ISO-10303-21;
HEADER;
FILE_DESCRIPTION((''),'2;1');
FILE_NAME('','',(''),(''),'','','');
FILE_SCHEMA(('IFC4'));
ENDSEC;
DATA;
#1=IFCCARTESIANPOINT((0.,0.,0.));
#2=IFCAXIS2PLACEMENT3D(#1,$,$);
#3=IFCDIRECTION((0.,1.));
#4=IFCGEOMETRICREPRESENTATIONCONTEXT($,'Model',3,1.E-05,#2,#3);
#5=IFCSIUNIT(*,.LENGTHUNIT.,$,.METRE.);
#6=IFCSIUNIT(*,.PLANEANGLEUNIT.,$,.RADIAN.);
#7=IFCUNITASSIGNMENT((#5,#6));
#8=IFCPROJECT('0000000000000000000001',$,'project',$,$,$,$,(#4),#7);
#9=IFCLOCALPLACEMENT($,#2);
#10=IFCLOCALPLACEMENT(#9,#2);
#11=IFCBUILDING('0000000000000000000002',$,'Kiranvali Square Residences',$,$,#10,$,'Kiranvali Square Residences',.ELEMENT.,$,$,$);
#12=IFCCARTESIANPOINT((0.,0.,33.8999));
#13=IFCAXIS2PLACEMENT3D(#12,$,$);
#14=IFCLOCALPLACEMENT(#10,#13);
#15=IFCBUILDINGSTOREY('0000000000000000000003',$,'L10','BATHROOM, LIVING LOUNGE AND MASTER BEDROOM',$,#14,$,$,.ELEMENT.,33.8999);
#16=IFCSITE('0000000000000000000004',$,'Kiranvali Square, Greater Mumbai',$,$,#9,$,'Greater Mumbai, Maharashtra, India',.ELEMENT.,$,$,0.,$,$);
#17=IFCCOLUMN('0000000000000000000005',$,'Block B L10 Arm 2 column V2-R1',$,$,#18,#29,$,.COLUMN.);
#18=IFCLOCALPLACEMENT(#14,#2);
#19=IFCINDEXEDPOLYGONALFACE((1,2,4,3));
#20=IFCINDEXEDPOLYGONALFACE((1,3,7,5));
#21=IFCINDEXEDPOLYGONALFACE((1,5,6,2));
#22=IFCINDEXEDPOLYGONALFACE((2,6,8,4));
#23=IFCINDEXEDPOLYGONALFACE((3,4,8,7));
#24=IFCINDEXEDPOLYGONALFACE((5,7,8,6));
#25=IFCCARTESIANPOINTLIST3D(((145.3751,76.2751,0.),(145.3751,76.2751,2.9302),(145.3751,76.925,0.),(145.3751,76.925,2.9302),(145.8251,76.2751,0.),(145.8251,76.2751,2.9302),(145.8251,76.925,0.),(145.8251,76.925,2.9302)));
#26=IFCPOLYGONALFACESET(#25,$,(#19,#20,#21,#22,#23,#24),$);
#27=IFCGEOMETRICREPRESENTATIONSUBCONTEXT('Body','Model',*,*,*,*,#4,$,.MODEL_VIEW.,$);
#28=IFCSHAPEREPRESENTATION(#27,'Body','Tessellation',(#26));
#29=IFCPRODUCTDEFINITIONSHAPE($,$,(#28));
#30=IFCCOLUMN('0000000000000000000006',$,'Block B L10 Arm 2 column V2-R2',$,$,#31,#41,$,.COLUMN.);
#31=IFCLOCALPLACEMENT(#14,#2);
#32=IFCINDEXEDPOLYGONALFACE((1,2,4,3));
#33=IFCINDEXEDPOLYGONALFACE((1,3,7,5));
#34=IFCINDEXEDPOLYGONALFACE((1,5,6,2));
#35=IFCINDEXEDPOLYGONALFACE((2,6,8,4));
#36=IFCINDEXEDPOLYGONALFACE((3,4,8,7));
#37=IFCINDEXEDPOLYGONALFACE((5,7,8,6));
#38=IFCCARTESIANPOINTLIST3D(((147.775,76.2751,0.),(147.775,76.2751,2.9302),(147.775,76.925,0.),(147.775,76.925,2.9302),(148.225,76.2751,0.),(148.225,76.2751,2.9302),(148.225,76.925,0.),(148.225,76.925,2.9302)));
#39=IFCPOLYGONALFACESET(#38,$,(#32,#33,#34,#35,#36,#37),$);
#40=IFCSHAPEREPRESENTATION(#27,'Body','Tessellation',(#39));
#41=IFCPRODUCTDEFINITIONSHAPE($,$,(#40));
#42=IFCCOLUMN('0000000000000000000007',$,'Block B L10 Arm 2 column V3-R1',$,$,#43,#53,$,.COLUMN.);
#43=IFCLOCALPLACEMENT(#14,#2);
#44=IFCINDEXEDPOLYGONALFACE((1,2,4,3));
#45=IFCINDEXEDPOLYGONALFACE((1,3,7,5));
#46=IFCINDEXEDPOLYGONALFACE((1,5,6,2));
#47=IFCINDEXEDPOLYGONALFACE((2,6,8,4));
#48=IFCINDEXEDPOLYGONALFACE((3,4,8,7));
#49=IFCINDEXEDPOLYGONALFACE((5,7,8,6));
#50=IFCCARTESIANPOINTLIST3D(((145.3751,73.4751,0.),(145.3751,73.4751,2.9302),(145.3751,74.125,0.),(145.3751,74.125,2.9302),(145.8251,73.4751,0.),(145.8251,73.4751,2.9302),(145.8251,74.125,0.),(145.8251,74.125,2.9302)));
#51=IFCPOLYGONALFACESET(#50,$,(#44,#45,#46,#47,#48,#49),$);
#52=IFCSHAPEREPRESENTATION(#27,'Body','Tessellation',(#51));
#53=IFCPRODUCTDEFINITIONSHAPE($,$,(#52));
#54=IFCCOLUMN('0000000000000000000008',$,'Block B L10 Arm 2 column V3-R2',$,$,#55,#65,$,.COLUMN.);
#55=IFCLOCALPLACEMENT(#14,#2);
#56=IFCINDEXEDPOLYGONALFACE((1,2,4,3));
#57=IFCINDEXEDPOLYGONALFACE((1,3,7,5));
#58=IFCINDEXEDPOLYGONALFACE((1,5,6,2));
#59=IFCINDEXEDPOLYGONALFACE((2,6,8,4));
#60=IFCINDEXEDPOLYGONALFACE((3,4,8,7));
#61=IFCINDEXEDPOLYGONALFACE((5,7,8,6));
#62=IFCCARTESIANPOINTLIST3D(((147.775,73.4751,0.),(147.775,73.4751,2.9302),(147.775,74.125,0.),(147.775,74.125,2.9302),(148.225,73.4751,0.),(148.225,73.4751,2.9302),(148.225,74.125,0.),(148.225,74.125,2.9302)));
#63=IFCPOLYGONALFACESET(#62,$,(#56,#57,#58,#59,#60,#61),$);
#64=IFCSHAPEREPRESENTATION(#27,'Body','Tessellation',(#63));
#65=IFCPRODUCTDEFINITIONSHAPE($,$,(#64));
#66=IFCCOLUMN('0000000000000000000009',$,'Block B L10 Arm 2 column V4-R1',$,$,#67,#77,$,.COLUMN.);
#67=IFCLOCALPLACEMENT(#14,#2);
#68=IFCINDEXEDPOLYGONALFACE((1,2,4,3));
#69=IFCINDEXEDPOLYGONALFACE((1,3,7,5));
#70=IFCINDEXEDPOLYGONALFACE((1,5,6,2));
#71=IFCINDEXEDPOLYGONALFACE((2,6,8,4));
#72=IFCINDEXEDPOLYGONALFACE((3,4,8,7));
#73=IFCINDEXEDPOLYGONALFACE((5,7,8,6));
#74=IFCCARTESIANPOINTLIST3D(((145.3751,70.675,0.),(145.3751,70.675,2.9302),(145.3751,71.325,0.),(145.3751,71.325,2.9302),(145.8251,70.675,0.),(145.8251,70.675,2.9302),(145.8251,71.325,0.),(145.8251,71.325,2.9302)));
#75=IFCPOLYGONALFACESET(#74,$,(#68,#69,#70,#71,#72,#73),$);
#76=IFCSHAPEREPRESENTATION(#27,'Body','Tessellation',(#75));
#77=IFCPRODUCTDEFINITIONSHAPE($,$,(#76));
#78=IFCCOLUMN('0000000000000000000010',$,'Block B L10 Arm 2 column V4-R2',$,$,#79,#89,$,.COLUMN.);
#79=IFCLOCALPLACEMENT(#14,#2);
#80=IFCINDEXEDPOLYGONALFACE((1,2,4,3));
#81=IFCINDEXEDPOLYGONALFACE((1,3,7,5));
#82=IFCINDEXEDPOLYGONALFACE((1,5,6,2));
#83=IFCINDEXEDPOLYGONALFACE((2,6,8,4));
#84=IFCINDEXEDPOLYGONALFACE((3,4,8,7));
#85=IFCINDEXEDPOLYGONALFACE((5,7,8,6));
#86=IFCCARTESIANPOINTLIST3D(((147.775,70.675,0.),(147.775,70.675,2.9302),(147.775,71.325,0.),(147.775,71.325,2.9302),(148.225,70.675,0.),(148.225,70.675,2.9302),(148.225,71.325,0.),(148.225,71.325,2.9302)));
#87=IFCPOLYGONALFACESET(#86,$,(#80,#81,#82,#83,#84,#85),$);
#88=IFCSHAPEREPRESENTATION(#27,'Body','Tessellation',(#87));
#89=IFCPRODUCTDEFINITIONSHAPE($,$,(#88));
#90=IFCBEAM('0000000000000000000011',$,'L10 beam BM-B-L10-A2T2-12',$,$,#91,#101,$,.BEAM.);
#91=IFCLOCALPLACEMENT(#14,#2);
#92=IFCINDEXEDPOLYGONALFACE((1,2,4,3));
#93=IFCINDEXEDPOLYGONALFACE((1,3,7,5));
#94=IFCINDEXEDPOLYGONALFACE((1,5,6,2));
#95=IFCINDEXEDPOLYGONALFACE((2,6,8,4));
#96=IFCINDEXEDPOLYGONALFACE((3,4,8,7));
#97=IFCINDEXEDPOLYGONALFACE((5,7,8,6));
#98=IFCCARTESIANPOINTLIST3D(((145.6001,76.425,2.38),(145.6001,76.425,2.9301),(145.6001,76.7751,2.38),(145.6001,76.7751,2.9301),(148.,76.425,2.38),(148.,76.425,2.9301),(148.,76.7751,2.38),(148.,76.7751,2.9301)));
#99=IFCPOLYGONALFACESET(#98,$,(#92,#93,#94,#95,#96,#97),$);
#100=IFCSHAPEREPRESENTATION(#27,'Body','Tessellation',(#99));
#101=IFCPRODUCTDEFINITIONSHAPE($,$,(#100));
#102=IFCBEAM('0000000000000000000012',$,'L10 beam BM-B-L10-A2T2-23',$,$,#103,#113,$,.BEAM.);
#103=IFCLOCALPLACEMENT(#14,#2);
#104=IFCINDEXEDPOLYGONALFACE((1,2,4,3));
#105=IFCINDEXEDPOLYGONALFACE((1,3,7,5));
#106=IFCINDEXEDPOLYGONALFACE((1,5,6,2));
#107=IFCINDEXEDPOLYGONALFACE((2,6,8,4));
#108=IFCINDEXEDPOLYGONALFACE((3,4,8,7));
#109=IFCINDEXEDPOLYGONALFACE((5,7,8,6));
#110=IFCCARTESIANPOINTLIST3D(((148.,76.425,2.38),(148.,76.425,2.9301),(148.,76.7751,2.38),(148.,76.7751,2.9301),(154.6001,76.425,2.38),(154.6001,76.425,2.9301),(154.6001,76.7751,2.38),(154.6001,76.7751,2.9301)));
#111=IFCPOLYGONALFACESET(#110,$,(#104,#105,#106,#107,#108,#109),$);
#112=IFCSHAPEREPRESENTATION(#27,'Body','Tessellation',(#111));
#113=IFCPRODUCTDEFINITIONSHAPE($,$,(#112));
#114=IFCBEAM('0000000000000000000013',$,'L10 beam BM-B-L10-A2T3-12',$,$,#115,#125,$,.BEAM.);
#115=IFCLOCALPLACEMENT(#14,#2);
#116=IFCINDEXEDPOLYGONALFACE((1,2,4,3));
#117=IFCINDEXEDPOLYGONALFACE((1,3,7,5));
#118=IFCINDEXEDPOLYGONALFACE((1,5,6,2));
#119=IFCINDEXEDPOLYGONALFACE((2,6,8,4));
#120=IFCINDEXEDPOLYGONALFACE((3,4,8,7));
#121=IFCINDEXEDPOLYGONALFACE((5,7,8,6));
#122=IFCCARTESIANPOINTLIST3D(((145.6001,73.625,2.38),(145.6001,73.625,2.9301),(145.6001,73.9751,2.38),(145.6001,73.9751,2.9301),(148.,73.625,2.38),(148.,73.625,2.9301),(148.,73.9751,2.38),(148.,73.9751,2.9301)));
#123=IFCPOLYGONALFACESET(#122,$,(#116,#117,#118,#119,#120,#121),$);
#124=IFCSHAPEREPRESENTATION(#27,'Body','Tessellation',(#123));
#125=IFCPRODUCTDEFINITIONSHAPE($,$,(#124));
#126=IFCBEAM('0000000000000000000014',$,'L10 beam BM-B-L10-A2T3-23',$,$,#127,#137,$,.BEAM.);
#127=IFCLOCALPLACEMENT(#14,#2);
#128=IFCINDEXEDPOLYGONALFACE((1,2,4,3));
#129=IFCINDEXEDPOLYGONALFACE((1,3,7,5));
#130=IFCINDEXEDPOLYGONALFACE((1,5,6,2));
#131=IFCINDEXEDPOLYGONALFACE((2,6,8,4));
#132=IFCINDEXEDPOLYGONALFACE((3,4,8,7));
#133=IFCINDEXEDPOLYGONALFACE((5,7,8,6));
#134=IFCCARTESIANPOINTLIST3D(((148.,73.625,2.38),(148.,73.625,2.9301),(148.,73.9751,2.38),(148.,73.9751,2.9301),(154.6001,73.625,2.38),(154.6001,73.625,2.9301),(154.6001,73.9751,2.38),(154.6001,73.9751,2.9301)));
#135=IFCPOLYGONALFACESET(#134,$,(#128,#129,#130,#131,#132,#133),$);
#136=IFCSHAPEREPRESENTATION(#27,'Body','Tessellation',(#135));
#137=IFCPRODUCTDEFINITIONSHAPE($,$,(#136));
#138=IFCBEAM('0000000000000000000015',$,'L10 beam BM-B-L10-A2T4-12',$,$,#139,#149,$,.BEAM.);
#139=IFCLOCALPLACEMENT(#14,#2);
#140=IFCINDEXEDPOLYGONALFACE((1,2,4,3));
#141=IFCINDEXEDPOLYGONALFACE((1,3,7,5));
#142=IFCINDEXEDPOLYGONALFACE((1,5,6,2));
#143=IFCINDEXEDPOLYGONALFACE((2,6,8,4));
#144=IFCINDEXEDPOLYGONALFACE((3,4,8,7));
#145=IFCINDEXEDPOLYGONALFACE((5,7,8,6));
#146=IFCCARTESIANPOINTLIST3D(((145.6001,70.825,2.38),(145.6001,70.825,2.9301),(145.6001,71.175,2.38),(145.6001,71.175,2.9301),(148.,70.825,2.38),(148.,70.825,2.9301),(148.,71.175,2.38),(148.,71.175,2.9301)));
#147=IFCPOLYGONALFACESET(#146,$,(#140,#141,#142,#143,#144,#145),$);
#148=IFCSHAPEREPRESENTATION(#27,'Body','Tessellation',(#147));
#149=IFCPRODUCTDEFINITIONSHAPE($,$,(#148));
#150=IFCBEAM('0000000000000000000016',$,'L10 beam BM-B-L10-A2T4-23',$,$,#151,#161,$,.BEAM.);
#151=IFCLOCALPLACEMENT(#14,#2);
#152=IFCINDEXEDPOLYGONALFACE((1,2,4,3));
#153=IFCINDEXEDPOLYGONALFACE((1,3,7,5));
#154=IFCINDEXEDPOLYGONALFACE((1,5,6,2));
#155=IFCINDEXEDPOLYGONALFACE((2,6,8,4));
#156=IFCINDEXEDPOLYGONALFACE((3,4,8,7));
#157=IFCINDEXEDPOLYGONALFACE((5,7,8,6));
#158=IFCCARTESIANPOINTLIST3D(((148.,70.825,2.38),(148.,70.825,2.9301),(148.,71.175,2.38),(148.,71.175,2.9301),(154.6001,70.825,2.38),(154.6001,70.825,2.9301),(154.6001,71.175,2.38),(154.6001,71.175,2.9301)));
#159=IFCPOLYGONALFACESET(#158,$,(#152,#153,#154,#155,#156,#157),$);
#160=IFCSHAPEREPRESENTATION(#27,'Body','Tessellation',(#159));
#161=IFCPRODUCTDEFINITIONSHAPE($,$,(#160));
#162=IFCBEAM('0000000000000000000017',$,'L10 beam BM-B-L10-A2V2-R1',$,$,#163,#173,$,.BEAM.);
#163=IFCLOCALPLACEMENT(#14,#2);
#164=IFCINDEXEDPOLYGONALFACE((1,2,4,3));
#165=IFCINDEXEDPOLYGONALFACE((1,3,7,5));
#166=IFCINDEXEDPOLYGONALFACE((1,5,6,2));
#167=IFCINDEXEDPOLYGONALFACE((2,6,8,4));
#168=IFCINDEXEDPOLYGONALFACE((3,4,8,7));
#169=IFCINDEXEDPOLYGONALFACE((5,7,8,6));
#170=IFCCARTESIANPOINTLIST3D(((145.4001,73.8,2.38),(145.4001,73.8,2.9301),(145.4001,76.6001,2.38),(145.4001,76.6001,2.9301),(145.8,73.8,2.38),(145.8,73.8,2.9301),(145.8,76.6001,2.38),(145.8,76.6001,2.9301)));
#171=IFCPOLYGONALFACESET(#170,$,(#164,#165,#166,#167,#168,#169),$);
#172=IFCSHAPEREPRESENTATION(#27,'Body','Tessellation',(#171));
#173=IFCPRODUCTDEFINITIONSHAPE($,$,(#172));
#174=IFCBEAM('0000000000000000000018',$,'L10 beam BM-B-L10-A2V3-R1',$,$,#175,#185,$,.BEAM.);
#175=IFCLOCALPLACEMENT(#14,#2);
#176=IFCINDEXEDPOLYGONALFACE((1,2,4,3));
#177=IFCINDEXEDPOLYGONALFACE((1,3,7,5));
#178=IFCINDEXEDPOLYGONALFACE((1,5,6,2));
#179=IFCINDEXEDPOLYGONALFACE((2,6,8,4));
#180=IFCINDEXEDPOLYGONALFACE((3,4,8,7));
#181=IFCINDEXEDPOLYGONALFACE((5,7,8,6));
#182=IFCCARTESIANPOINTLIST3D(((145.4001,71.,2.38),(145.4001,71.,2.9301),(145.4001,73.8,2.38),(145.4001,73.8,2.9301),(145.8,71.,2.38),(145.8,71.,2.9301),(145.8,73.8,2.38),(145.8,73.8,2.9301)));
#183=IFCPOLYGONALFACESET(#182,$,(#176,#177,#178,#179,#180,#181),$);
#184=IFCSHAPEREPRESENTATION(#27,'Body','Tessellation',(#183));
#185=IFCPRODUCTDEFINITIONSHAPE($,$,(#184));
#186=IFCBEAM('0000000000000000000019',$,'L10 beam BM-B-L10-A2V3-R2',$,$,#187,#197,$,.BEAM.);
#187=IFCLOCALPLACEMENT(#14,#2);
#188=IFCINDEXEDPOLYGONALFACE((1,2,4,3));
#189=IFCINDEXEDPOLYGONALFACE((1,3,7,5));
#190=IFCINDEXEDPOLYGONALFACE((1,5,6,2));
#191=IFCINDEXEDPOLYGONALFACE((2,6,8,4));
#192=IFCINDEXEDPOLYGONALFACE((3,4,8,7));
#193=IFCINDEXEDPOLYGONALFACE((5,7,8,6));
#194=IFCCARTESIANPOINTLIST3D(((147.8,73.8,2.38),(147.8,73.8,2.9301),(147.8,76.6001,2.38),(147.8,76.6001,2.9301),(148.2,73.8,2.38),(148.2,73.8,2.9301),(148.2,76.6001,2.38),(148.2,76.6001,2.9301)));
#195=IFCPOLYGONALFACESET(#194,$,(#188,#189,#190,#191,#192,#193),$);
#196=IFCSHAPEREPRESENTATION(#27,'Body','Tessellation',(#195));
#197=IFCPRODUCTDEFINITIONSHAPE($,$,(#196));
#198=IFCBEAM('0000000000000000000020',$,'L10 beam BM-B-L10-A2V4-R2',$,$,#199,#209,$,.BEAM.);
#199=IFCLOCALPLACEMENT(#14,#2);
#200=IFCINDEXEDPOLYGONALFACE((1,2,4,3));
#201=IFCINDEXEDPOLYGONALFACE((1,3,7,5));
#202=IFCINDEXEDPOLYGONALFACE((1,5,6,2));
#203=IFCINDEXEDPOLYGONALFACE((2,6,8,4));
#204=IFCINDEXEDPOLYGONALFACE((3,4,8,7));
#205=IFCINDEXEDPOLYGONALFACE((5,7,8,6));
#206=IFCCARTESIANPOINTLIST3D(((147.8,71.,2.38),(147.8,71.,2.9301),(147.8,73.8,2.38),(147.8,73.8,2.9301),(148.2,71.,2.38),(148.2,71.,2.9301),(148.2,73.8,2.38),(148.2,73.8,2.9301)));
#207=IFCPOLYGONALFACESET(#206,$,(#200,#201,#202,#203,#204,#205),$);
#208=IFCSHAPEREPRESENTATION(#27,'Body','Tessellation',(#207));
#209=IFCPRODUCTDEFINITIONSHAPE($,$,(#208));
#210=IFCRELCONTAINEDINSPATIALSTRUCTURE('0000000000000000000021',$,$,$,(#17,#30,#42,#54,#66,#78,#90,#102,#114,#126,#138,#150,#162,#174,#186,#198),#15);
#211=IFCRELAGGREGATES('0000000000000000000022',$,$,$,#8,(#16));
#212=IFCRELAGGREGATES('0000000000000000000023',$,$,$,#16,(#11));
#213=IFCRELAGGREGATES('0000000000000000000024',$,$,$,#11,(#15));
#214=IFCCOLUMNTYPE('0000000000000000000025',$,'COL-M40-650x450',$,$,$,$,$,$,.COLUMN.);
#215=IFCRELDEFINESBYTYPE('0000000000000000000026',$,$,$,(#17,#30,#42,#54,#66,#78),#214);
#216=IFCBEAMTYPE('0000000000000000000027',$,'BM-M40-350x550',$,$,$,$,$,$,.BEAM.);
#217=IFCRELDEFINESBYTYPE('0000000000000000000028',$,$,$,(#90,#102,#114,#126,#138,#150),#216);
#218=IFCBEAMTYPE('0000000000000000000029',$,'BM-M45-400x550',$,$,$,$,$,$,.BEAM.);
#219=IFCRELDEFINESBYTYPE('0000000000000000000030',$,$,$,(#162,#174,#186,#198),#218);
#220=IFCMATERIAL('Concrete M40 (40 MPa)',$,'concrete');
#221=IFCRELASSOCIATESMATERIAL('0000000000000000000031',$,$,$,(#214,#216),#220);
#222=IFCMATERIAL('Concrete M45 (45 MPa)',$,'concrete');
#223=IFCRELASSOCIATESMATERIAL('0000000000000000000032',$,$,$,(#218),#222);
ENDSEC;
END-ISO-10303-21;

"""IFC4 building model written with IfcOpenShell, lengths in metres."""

from ifc_helpers import new_model, si_unit, direction, frame, origin, origin_2d, place, context, subcontext, project, spatial, rectangle, extrude, material, material_profile, profile_set, type_object, element, save


model = new_model("IFC4")

# Units and contexts
model_context = context("Model", 3, precision=1e-05, world=origin(), true_north=direction((0.0, 1.0)))
body_context = subcontext(model_context, "Body", "Model", "MODEL_VIEW")
ifc_project = project(units=[si_unit("LENGTHUNIT", "METRE"), si_unit("PLANEANGLEUNIT", "RADIAN")], contexts=[model_context])

# Site, building, storey
site_placement = place(None, origin())
site = spatial("IfcSite", under=ifc_project, at=site_placement, Name="Kiranvali Square, Greater Mumbai", LongName="Greater Mumbai, Maharashtra, India", CompositionType="ELEMENT", RefElevation=0.0)
building_placement = place(site_placement, origin())
building = spatial("IfcBuilding", under=site, at=building_placement, Name="Kiranvali Square Residences", LongName="Kiranvali Square Residences", CompositionType="ELEMENT")
storey_placement = place(building_placement, frame((0.0, 0.0, 33.8999)))
storey = spatial("IfcBuildingStorey", under=building, at=storey_placement, Name="L10", Description="BATHROOM, LIVING LOUNGE AND MASTER BEDROOM", CompositionType="ELEMENT", Elevation=33.8999)

# Columns
ifc_material_1 = material(Name="Concrete M40 (40 MPa)", Category="concrete")
ifc_material_profile_1 = material_profile(ifc_material_1, rectangle(XDim=0.45, YDim=0.6499, at=origin_2d()), Name="RC 650x450")
ifc_profile_set_1 = profile_set([ifc_material_profile_1], Name="Concrete M40 (40 MPa)")
column_type = type_object("IfcColumnType", Name="COL-M40-650x450", PredefinedType="COLUMN", material=ifc_profile_set_1)
for number, where, z_axis, x_axis, name in (
    (1, (145.6001, 76.6001, 0.0), (0.0, 0.0, 1.0), (1.0, 0.0, 0.0), "Block B L10 Arm 2 column V2-R1"),
    (2, (148.0, 76.6001, 0.0), (0.0, 0.0, 1.0), (1.0, 0.0, 0.0), "Block B L10 Arm 2 column V2-R2"),
    (3, (145.6001, 73.8, 0.0), (0.0, 0.0, 1.0), (1.0, 0.0, 0.0), "Block B L10 Arm 2 column V3-R1"),
    (4, (148.0, 73.8, 0.0), (0.0, 0.0, 1.0), (1.0, 0.0, 0.0), "Block B L10 Arm 2 column V3-R2"),
    (5, (145.6001, 71.0, 0.0), (0.0, 0.0, 1.0), (1.0, 0.0, 0.0), "Block B L10 Arm 2 column V4-R1"),
    (6, (148.0, 71.0, 0.0), (0.0, 0.0, 1.0), (1.0, 0.0, 0.0), "Block B L10 Arm 2 column V4-R2"),
):
    element("IfcColumn", number, at=place(storey_placement, frame(where, z_axis=z_axis, x_axis=x_axis)), inside=storey, type_object=column_type, Name=name, PredefinedType="COLUMN", context=body_context, shape_type="SweptSolid", body=[
        extrude(rectangle(XDim=0.45, YDim=0.6499, at=origin_2d()), origin(), (0.0, 0.0, 1.0), 2.9302),
    ])

# Beams
ifc_material_profile_2 = material_profile(ifc_material_1, rectangle(XDim=0.3501, YDim=0.55, at=origin_2d()), Name="RC 350x550")
ifc_profile_set_2 = profile_set([ifc_material_profile_2], Name="Concrete M40 (40 MPa)")
beam_type_1 = type_object("IfcBeamType", Name="BM-M40-350x550", PredefinedType="BEAM", material=ifc_profile_set_2)
beam_1_placement = place(storey_placement, frame((145.6001, 76.6001, 2.655), z_axis=(1.0, 0.0, 0.0), x_axis=(0.0, 1.0, 0.0)))
element("IfcBeam", 7, at=beam_1_placement, inside=storey, type_object=beam_type_1, Name="L10 beam BM-B-L10-A2T2-12", PredefinedType="BEAM", context=body_context, shape_type="SweptSolid", body=[
    extrude(rectangle(XDim=0.3501, YDim=0.55, at=origin_2d()), origin(), (0.0, 0.0, 1.0), 2.3999),
])
beam_2_placement = place(storey_placement, frame((148.0, 76.6001, 2.655), z_axis=(1.0, 0.0, 0.0), x_axis=(0.0, 1.0, 0.0)))
element("IfcBeam", 8, at=beam_2_placement, inside=storey, type_object=beam_type_1, Name="L10 beam BM-B-L10-A2T2-23", PredefinedType="BEAM", context=body_context, shape_type="SweptSolid", body=[
    extrude(rectangle(XDim=0.3501, YDim=0.55, at=origin_2d()), origin(), (0.0, 0.0, 1.0), 6.6001),
])
beam_3_placement = place(storey_placement, frame((145.6001, 73.8, 2.655), z_axis=(1.0, 0.0, 0.0), x_axis=(0.0, 1.0, 0.0)))
element("IfcBeam", 9, at=beam_3_placement, inside=storey, type_object=beam_type_1, Name="L10 beam BM-B-L10-A2T3-12", PredefinedType="BEAM", context=body_context, shape_type="SweptSolid", body=[
    extrude(rectangle(XDim=0.3501, YDim=0.55, at=origin_2d()), origin(), (0.0, 0.0, 1.0), 2.3999),
])
beam_4_placement = place(storey_placement, frame((148.0, 73.8, 2.655), z_axis=(1.0, 0.0, 0.0), x_axis=(0.0, 1.0, 0.0)))
element("IfcBeam", 10, at=beam_4_placement, inside=storey, type_object=beam_type_1, Name="L10 beam BM-B-L10-A2T3-23", PredefinedType="BEAM", context=body_context, shape_type="SweptSolid", body=[
    extrude(rectangle(XDim=0.3501, YDim=0.55, at=origin_2d()), origin(), (0.0, 0.0, 1.0), 6.6001),
])
beam_5_placement = place(storey_placement, frame((145.6001, 71.0, 2.655), z_axis=(1.0, 0.0, 0.0), x_axis=(0.0, 1.0, 0.0)))
element("IfcBeam", 11, at=beam_5_placement, inside=storey, type_object=beam_type_1, Name="L10 beam BM-B-L10-A2T4-12", PredefinedType="BEAM", context=body_context, shape_type="SweptSolid", body=[
    extrude(rectangle(XDim=0.3501, YDim=0.55, at=origin_2d()), origin(), (0.0, 0.0, 1.0), 2.3999),
])
beam_6_placement = place(storey_placement, frame((148.0, 71.0, 2.655), z_axis=(1.0, 0.0, 0.0), x_axis=(0.0, 1.0, 0.0)))
element("IfcBeam", 12, at=beam_6_placement, inside=storey, type_object=beam_type_1, Name="L10 beam BM-B-L10-A2T4-23", PredefinedType="BEAM", context=body_context, shape_type="SweptSolid", body=[
    extrude(rectangle(XDim=0.3501, YDim=0.55, at=origin_2d()), origin(), (0.0, 0.0, 1.0), 6.6001),
])
ifc_material_2 = material(Name="Concrete M45 (45 MPa)", Category="concrete")
ifc_material_profile_3 = material_profile(ifc_material_2, rectangle(XDim=0.3999, YDim=0.55, at=origin_2d()), Name="RC 400x550")
ifc_profile_set_3 = profile_set([ifc_material_profile_3], Name="Concrete M45 (45 MPa)")
beam_type_2 = type_object("IfcBeamType", Name="BM-M45-400x550", PredefinedType="BEAM", material=ifc_profile_set_3)
for number, where, z_axis, x_axis, name in (
    (13, (145.6001, 76.6001, 2.655), (0.0, -1.0, 0.0), (1.0, 0.0, 0.0), "L10 beam BM-B-L10-A2V2-R1"),
    (14, (145.6001, 73.8, 2.655), (0.0, -1.0, 0.0), (1.0, 0.0, 0.0), "L10 beam BM-B-L10-A2V3-R1"),
    (15, (148.0, 76.6001, 2.655), (0.0, -1.0, 0.0), (1.0, 0.0, 0.0), "L10 beam BM-B-L10-A2V3-R2"),
    (16, (148.0, 73.8, 2.655), (0.0, -1.0, 0.0), (1.0, 0.0, 0.0), "L10 beam BM-B-L10-A2V4-R2"),
):
    element("IfcBeam", number, at=place(storey_placement, frame(where, z_axis=z_axis, x_axis=x_axis)), inside=storey, type_object=beam_type_2, Name=name, PredefinedType="BEAM", context=body_context, shape_type="SweptSolid", body=[
        extrude(rectangle(XDim=0.3999, YDim=0.55, at=origin_2d()), origin(), (0.0, 0.0, 1.0), 2.8),
    ])

save(model, "model.ifc")
